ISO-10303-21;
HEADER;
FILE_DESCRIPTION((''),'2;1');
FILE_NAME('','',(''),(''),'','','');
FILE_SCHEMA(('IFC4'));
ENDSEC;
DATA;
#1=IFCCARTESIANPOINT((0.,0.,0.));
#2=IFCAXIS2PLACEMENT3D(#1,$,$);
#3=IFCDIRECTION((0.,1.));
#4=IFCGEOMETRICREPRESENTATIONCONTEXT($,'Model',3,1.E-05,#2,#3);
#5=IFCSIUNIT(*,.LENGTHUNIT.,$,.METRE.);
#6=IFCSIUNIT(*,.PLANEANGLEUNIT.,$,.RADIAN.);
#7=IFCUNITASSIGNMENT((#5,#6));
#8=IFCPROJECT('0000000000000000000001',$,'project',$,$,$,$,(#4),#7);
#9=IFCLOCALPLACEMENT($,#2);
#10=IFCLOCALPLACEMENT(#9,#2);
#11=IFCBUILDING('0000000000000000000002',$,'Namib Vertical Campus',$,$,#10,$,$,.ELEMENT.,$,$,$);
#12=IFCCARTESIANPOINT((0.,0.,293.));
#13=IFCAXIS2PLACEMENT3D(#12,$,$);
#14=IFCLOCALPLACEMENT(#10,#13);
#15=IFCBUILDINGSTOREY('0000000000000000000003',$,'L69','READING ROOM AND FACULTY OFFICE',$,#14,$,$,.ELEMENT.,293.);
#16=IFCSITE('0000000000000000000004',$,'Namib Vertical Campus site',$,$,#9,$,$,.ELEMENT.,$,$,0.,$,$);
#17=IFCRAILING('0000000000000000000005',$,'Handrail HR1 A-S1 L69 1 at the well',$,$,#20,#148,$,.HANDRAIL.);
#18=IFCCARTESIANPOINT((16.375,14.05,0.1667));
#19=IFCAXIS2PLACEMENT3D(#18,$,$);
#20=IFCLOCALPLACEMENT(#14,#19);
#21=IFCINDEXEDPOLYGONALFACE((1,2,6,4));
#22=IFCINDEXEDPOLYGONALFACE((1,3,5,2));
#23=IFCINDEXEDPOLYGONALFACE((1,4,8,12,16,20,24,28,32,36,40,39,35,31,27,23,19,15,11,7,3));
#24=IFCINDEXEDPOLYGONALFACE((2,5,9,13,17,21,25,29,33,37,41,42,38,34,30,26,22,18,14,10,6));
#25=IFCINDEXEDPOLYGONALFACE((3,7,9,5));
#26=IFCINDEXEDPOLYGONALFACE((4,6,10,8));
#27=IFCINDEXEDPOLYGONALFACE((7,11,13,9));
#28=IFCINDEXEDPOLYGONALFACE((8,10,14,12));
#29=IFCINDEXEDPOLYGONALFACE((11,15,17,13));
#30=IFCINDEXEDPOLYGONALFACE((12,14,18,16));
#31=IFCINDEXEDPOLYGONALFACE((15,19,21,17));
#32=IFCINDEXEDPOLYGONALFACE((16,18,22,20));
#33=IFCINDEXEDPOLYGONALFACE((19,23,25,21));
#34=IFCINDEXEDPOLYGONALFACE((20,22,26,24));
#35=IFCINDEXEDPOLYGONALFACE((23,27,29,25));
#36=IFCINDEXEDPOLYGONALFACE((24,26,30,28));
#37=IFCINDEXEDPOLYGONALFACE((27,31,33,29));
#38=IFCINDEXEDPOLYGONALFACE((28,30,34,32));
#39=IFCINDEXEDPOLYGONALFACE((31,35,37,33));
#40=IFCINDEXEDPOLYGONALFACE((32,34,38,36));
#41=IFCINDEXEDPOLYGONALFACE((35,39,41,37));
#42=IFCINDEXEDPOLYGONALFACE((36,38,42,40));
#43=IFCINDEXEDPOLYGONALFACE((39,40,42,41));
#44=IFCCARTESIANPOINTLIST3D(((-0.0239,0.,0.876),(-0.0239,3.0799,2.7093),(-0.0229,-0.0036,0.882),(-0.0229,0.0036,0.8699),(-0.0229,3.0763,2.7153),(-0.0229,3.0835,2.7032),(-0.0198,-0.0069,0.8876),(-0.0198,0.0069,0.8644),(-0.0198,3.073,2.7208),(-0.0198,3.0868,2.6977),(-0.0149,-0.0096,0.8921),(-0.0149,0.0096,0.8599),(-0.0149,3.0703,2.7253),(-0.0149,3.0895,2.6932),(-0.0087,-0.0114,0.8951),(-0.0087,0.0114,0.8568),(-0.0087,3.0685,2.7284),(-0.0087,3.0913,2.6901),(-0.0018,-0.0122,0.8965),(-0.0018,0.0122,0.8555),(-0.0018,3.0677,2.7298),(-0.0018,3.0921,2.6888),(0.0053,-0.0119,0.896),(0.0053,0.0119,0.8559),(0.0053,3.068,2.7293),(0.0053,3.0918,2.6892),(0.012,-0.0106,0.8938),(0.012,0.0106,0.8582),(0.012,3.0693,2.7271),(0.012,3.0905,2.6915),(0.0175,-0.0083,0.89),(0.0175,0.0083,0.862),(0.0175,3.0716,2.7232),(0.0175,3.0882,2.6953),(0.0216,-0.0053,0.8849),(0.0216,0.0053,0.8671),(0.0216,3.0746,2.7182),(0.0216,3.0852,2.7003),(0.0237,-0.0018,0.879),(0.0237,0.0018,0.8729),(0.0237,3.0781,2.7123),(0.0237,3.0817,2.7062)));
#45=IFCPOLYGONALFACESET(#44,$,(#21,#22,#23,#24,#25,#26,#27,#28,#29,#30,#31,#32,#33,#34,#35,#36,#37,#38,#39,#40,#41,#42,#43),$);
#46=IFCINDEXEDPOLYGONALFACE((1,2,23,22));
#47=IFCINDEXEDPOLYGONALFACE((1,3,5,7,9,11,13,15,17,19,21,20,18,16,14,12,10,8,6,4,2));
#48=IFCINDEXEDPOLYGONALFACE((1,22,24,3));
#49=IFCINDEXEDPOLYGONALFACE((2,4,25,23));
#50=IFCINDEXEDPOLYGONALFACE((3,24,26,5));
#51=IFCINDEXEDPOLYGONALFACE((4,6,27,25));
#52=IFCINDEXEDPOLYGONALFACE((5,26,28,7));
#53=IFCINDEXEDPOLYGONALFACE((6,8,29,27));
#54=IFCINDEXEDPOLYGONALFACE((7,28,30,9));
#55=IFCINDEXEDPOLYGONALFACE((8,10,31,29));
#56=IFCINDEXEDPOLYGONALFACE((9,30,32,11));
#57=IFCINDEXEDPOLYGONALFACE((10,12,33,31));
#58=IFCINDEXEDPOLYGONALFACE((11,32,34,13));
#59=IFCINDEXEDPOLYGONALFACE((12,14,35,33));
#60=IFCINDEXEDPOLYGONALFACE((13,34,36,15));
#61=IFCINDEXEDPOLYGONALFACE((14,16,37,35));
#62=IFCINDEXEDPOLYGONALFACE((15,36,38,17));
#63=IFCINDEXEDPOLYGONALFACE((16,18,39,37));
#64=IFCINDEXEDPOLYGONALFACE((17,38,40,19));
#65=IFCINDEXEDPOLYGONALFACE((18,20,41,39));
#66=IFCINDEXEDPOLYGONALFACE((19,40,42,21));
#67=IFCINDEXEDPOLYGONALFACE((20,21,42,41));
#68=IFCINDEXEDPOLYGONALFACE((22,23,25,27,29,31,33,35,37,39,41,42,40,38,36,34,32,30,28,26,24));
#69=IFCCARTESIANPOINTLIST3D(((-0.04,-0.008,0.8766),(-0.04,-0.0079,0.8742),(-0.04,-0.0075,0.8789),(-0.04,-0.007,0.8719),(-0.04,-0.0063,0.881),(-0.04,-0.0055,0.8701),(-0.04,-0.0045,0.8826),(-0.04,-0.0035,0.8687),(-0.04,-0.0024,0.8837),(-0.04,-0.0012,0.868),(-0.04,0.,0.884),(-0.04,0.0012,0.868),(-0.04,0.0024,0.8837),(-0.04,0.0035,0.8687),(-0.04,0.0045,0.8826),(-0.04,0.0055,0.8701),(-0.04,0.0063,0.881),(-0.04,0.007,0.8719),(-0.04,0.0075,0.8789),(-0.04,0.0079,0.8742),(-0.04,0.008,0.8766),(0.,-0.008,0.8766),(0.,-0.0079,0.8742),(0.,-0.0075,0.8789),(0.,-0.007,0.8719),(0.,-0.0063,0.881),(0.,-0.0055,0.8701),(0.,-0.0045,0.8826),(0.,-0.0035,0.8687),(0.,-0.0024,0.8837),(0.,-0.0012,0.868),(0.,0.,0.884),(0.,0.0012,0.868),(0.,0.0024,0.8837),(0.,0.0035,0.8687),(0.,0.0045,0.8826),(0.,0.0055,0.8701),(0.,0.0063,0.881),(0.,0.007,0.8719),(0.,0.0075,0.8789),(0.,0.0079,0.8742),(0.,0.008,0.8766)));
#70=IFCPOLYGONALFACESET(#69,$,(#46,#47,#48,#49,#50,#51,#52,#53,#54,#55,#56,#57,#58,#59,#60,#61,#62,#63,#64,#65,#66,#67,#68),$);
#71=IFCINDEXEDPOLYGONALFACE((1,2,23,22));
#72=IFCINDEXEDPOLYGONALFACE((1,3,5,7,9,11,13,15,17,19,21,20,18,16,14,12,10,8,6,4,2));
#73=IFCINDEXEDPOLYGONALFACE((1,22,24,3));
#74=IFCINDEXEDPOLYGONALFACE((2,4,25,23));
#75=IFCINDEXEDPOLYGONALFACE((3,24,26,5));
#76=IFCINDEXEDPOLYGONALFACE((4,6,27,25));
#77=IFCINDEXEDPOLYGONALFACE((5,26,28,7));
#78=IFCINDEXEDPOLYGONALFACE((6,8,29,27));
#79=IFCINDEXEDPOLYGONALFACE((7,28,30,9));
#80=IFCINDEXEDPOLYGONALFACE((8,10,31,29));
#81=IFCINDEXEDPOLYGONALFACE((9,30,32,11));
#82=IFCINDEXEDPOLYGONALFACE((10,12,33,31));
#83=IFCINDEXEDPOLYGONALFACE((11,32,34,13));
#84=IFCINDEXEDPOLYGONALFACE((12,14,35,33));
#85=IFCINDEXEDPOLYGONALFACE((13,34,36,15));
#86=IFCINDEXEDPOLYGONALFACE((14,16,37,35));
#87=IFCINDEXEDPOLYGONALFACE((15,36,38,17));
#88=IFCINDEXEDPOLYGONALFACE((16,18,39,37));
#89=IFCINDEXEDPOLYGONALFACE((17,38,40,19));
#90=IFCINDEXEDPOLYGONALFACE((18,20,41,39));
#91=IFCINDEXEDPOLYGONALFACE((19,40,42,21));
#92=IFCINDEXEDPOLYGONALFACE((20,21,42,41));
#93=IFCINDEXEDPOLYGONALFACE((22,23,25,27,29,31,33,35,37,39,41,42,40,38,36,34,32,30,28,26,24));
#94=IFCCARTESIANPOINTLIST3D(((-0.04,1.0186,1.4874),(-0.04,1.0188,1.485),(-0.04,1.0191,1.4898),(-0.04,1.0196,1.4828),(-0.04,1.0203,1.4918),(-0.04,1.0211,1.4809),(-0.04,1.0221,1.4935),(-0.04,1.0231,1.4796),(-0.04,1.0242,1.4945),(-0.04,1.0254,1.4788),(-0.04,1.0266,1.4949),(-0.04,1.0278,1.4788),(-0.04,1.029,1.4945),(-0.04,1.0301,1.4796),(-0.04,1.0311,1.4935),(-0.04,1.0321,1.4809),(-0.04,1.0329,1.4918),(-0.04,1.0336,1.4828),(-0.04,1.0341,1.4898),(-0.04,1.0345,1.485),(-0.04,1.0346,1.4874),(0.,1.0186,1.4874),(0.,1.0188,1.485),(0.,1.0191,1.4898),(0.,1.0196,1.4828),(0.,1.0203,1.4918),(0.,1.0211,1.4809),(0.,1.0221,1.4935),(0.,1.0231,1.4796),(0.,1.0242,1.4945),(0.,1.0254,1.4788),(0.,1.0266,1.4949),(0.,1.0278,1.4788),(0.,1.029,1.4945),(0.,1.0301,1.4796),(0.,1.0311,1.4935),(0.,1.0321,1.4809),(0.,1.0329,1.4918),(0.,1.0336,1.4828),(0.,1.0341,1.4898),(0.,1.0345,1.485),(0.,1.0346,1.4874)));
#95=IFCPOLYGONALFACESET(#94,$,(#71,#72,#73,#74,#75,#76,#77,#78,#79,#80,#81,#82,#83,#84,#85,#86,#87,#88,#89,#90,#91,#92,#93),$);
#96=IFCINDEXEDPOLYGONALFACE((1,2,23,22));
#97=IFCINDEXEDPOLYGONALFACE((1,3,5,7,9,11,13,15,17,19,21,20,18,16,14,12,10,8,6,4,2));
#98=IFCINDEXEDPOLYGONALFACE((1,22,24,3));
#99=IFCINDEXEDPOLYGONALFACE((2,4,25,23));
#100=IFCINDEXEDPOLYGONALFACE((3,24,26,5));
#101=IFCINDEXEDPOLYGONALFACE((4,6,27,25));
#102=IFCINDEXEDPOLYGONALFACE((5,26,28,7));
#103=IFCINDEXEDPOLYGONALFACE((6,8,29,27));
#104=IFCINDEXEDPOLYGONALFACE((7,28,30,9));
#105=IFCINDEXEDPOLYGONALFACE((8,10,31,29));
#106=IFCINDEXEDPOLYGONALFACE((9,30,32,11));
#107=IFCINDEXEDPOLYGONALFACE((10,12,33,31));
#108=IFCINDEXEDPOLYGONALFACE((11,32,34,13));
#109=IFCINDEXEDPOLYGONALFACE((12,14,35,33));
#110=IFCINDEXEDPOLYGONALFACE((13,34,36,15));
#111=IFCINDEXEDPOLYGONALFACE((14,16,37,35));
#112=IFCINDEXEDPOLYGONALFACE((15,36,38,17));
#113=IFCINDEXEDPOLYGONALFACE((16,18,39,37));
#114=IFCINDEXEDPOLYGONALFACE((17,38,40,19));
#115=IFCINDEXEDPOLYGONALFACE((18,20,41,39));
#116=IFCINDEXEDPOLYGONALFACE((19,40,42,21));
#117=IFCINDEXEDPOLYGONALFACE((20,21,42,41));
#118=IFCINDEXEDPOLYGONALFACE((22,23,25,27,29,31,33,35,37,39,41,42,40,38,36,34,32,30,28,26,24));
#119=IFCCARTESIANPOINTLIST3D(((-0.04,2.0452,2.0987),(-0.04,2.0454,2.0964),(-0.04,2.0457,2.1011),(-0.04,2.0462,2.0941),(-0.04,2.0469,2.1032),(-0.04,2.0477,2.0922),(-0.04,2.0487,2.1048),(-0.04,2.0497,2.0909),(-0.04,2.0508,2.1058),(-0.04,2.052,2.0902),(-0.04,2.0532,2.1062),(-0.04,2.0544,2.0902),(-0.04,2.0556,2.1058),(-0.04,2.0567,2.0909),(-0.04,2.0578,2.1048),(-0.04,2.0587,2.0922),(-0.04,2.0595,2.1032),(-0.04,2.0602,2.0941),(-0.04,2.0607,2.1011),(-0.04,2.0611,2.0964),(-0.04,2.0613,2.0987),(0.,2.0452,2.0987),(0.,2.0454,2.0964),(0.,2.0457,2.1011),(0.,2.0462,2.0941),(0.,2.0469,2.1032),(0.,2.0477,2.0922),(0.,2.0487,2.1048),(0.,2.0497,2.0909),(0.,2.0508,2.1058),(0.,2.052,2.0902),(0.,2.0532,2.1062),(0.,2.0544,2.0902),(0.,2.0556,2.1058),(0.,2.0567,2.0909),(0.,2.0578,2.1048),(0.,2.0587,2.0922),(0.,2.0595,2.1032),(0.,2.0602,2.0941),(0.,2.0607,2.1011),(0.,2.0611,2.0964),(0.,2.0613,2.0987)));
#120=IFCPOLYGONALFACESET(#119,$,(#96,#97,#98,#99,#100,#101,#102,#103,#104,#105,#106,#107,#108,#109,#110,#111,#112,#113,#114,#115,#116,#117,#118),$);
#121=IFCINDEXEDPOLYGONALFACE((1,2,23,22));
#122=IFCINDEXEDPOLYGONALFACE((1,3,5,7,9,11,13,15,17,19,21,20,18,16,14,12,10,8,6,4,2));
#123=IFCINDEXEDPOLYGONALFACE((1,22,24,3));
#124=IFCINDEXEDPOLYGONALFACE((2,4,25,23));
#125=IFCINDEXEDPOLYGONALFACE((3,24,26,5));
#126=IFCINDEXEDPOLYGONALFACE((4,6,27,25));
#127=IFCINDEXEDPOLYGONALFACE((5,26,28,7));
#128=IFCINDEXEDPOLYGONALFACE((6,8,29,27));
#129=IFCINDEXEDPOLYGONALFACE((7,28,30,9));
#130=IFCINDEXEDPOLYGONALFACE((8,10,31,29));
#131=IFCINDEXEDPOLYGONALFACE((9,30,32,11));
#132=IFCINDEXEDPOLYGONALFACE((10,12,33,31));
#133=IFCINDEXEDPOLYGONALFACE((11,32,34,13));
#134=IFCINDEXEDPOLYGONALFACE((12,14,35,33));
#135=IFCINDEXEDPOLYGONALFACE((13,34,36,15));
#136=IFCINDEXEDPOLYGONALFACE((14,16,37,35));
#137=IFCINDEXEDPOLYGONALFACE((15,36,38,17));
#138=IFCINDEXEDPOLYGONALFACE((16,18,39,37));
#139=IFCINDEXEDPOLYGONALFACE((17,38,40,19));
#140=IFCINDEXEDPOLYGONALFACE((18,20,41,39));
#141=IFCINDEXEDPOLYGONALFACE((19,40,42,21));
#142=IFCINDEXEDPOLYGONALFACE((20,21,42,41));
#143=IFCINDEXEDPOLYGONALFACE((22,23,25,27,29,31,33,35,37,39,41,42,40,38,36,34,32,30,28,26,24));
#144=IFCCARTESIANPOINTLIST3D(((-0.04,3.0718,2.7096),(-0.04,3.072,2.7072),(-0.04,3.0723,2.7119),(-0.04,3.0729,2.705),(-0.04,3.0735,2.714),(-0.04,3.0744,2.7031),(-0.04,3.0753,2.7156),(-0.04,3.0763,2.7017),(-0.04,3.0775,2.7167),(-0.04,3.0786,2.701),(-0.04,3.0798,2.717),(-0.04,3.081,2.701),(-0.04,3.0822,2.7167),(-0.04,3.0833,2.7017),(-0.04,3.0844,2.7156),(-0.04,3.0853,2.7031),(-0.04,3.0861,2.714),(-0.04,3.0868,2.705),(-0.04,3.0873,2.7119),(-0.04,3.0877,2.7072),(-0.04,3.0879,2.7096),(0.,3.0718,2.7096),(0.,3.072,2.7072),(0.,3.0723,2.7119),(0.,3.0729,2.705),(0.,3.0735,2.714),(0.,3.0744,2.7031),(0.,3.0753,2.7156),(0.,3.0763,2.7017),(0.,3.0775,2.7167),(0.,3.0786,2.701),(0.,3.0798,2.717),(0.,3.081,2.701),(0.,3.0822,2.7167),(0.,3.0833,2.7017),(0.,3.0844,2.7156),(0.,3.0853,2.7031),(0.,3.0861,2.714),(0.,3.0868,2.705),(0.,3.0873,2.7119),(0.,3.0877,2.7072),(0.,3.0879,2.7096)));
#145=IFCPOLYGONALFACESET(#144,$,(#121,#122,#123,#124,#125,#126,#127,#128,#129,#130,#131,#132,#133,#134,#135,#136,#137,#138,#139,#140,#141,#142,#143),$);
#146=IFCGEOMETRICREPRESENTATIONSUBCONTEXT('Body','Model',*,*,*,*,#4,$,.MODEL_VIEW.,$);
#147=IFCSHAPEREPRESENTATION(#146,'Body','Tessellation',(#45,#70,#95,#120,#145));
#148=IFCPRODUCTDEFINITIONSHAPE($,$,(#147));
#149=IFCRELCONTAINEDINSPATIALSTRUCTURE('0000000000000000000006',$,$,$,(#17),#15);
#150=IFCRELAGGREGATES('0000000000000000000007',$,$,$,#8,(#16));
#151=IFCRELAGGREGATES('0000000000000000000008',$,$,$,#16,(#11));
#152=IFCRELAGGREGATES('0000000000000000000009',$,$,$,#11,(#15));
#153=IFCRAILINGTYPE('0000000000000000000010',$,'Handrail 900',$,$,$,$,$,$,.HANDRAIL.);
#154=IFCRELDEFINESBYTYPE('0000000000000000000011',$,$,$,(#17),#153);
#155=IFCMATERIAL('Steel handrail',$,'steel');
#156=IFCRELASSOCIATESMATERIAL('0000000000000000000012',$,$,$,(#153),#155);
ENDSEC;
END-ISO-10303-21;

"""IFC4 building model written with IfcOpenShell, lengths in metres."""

from ifc_helpers import new_model, si_unit, direction, frame, origin, origin_2d, place, context, subcontext, project, spatial, circle, extrude, material, type_object, element, save


model = new_model("IFC4")

# Units and contexts
model_context = context("Model", 3, precision=1e-05, world=origin(), true_north=direction((0.0, 1.0)))
body_context = subcontext(model_context, "Body", "Model", "MODEL_VIEW")
ifc_project = project(units=[si_unit("LENGTHUNIT", "METRE"), si_unit("PLANEANGLEUNIT", "RADIAN")], contexts=[model_context])

# Site, building, storey
site_placement = place(None, origin())
site = spatial("IfcSite", under=ifc_project, at=site_placement, Name="Namib Vertical Campus site", CompositionType="ELEMENT", RefElevation=0.0)
building_placement = place(site_placement, origin())
building = spatial("IfcBuilding", under=site, at=building_placement, Name="Namib Vertical Campus", CompositionType="ELEMENT")
storey_placement = place(building_placement, frame((0.0, 0.0, 293.0)))
storey = spatial("IfcBuildingStorey", under=building, at=storey_placement, Name="L69", Description="READING ROOM AND FACULTY OFFICE", CompositionType="ELEMENT", Elevation=293.0)

# Railing
ifc_material_1 = material(Name="Steel handrail", Category="steel")
railing_type_1 = type_object("IfcRailingType", Name="Handrail 900", PredefinedType="HANDRAIL", material=ifc_material_1)
railing_1_placement = place(storey_placement, frame((16.375, 14.05, 0.1667)))
element("IfcRailing", 1, at=railing_1_placement, inside=storey, type_object=railing_type_1, Name="Handrail HR1 A-S1 L69 1 at the well", PredefinedType="HANDRAIL", context=body_context, shape_type="SweptSolid", body=[
    extrude(circle(Radius=0.0239, at=origin_2d()), frame((0.0, 0.0, 0.876), z_axis=(0.0, 0.859291, 0.511487), x_axis=(-1.0, 0.0, 0.0)), (0.0, 0.0, 1.0), 3.5842),
    extrude(circle(Radius=0.0081, at=origin_2d()), frame((0.0, 0.0, 0.876), z_axis=(-1.0, 0.0, 0.0), x_axis=(0.0, 0.0, 1.0)), (0.0, 0.0, 1.0), 0.04),
    extrude(circle(Radius=0.0081, at=origin_2d()), frame((0.0, 1.0266, 1.4868), z_axis=(-1.0, 0.0, 0.0), x_axis=(0.0, 0.0, 1.0)), (0.0, 0.0, 1.0), 0.04),
    extrude(circle(Radius=0.0081, at=origin_2d()), frame((0.0, 2.0532, 2.0981), z_axis=(-1.0, 0.0, 0.0), x_axis=(0.0, 0.0, 1.0)), (0.0, 0.0, 1.0), 0.04),
    extrude(circle(Radius=0.0081, at=origin_2d()), frame((0.0, 3.0798, 2.709), z_axis=(-1.0, 0.0, 0.0), x_axis=(0.0, 0.0, 1.0)), (0.0, 0.0, 1.0), 0.04),
])

save(model, "model.ifc")
